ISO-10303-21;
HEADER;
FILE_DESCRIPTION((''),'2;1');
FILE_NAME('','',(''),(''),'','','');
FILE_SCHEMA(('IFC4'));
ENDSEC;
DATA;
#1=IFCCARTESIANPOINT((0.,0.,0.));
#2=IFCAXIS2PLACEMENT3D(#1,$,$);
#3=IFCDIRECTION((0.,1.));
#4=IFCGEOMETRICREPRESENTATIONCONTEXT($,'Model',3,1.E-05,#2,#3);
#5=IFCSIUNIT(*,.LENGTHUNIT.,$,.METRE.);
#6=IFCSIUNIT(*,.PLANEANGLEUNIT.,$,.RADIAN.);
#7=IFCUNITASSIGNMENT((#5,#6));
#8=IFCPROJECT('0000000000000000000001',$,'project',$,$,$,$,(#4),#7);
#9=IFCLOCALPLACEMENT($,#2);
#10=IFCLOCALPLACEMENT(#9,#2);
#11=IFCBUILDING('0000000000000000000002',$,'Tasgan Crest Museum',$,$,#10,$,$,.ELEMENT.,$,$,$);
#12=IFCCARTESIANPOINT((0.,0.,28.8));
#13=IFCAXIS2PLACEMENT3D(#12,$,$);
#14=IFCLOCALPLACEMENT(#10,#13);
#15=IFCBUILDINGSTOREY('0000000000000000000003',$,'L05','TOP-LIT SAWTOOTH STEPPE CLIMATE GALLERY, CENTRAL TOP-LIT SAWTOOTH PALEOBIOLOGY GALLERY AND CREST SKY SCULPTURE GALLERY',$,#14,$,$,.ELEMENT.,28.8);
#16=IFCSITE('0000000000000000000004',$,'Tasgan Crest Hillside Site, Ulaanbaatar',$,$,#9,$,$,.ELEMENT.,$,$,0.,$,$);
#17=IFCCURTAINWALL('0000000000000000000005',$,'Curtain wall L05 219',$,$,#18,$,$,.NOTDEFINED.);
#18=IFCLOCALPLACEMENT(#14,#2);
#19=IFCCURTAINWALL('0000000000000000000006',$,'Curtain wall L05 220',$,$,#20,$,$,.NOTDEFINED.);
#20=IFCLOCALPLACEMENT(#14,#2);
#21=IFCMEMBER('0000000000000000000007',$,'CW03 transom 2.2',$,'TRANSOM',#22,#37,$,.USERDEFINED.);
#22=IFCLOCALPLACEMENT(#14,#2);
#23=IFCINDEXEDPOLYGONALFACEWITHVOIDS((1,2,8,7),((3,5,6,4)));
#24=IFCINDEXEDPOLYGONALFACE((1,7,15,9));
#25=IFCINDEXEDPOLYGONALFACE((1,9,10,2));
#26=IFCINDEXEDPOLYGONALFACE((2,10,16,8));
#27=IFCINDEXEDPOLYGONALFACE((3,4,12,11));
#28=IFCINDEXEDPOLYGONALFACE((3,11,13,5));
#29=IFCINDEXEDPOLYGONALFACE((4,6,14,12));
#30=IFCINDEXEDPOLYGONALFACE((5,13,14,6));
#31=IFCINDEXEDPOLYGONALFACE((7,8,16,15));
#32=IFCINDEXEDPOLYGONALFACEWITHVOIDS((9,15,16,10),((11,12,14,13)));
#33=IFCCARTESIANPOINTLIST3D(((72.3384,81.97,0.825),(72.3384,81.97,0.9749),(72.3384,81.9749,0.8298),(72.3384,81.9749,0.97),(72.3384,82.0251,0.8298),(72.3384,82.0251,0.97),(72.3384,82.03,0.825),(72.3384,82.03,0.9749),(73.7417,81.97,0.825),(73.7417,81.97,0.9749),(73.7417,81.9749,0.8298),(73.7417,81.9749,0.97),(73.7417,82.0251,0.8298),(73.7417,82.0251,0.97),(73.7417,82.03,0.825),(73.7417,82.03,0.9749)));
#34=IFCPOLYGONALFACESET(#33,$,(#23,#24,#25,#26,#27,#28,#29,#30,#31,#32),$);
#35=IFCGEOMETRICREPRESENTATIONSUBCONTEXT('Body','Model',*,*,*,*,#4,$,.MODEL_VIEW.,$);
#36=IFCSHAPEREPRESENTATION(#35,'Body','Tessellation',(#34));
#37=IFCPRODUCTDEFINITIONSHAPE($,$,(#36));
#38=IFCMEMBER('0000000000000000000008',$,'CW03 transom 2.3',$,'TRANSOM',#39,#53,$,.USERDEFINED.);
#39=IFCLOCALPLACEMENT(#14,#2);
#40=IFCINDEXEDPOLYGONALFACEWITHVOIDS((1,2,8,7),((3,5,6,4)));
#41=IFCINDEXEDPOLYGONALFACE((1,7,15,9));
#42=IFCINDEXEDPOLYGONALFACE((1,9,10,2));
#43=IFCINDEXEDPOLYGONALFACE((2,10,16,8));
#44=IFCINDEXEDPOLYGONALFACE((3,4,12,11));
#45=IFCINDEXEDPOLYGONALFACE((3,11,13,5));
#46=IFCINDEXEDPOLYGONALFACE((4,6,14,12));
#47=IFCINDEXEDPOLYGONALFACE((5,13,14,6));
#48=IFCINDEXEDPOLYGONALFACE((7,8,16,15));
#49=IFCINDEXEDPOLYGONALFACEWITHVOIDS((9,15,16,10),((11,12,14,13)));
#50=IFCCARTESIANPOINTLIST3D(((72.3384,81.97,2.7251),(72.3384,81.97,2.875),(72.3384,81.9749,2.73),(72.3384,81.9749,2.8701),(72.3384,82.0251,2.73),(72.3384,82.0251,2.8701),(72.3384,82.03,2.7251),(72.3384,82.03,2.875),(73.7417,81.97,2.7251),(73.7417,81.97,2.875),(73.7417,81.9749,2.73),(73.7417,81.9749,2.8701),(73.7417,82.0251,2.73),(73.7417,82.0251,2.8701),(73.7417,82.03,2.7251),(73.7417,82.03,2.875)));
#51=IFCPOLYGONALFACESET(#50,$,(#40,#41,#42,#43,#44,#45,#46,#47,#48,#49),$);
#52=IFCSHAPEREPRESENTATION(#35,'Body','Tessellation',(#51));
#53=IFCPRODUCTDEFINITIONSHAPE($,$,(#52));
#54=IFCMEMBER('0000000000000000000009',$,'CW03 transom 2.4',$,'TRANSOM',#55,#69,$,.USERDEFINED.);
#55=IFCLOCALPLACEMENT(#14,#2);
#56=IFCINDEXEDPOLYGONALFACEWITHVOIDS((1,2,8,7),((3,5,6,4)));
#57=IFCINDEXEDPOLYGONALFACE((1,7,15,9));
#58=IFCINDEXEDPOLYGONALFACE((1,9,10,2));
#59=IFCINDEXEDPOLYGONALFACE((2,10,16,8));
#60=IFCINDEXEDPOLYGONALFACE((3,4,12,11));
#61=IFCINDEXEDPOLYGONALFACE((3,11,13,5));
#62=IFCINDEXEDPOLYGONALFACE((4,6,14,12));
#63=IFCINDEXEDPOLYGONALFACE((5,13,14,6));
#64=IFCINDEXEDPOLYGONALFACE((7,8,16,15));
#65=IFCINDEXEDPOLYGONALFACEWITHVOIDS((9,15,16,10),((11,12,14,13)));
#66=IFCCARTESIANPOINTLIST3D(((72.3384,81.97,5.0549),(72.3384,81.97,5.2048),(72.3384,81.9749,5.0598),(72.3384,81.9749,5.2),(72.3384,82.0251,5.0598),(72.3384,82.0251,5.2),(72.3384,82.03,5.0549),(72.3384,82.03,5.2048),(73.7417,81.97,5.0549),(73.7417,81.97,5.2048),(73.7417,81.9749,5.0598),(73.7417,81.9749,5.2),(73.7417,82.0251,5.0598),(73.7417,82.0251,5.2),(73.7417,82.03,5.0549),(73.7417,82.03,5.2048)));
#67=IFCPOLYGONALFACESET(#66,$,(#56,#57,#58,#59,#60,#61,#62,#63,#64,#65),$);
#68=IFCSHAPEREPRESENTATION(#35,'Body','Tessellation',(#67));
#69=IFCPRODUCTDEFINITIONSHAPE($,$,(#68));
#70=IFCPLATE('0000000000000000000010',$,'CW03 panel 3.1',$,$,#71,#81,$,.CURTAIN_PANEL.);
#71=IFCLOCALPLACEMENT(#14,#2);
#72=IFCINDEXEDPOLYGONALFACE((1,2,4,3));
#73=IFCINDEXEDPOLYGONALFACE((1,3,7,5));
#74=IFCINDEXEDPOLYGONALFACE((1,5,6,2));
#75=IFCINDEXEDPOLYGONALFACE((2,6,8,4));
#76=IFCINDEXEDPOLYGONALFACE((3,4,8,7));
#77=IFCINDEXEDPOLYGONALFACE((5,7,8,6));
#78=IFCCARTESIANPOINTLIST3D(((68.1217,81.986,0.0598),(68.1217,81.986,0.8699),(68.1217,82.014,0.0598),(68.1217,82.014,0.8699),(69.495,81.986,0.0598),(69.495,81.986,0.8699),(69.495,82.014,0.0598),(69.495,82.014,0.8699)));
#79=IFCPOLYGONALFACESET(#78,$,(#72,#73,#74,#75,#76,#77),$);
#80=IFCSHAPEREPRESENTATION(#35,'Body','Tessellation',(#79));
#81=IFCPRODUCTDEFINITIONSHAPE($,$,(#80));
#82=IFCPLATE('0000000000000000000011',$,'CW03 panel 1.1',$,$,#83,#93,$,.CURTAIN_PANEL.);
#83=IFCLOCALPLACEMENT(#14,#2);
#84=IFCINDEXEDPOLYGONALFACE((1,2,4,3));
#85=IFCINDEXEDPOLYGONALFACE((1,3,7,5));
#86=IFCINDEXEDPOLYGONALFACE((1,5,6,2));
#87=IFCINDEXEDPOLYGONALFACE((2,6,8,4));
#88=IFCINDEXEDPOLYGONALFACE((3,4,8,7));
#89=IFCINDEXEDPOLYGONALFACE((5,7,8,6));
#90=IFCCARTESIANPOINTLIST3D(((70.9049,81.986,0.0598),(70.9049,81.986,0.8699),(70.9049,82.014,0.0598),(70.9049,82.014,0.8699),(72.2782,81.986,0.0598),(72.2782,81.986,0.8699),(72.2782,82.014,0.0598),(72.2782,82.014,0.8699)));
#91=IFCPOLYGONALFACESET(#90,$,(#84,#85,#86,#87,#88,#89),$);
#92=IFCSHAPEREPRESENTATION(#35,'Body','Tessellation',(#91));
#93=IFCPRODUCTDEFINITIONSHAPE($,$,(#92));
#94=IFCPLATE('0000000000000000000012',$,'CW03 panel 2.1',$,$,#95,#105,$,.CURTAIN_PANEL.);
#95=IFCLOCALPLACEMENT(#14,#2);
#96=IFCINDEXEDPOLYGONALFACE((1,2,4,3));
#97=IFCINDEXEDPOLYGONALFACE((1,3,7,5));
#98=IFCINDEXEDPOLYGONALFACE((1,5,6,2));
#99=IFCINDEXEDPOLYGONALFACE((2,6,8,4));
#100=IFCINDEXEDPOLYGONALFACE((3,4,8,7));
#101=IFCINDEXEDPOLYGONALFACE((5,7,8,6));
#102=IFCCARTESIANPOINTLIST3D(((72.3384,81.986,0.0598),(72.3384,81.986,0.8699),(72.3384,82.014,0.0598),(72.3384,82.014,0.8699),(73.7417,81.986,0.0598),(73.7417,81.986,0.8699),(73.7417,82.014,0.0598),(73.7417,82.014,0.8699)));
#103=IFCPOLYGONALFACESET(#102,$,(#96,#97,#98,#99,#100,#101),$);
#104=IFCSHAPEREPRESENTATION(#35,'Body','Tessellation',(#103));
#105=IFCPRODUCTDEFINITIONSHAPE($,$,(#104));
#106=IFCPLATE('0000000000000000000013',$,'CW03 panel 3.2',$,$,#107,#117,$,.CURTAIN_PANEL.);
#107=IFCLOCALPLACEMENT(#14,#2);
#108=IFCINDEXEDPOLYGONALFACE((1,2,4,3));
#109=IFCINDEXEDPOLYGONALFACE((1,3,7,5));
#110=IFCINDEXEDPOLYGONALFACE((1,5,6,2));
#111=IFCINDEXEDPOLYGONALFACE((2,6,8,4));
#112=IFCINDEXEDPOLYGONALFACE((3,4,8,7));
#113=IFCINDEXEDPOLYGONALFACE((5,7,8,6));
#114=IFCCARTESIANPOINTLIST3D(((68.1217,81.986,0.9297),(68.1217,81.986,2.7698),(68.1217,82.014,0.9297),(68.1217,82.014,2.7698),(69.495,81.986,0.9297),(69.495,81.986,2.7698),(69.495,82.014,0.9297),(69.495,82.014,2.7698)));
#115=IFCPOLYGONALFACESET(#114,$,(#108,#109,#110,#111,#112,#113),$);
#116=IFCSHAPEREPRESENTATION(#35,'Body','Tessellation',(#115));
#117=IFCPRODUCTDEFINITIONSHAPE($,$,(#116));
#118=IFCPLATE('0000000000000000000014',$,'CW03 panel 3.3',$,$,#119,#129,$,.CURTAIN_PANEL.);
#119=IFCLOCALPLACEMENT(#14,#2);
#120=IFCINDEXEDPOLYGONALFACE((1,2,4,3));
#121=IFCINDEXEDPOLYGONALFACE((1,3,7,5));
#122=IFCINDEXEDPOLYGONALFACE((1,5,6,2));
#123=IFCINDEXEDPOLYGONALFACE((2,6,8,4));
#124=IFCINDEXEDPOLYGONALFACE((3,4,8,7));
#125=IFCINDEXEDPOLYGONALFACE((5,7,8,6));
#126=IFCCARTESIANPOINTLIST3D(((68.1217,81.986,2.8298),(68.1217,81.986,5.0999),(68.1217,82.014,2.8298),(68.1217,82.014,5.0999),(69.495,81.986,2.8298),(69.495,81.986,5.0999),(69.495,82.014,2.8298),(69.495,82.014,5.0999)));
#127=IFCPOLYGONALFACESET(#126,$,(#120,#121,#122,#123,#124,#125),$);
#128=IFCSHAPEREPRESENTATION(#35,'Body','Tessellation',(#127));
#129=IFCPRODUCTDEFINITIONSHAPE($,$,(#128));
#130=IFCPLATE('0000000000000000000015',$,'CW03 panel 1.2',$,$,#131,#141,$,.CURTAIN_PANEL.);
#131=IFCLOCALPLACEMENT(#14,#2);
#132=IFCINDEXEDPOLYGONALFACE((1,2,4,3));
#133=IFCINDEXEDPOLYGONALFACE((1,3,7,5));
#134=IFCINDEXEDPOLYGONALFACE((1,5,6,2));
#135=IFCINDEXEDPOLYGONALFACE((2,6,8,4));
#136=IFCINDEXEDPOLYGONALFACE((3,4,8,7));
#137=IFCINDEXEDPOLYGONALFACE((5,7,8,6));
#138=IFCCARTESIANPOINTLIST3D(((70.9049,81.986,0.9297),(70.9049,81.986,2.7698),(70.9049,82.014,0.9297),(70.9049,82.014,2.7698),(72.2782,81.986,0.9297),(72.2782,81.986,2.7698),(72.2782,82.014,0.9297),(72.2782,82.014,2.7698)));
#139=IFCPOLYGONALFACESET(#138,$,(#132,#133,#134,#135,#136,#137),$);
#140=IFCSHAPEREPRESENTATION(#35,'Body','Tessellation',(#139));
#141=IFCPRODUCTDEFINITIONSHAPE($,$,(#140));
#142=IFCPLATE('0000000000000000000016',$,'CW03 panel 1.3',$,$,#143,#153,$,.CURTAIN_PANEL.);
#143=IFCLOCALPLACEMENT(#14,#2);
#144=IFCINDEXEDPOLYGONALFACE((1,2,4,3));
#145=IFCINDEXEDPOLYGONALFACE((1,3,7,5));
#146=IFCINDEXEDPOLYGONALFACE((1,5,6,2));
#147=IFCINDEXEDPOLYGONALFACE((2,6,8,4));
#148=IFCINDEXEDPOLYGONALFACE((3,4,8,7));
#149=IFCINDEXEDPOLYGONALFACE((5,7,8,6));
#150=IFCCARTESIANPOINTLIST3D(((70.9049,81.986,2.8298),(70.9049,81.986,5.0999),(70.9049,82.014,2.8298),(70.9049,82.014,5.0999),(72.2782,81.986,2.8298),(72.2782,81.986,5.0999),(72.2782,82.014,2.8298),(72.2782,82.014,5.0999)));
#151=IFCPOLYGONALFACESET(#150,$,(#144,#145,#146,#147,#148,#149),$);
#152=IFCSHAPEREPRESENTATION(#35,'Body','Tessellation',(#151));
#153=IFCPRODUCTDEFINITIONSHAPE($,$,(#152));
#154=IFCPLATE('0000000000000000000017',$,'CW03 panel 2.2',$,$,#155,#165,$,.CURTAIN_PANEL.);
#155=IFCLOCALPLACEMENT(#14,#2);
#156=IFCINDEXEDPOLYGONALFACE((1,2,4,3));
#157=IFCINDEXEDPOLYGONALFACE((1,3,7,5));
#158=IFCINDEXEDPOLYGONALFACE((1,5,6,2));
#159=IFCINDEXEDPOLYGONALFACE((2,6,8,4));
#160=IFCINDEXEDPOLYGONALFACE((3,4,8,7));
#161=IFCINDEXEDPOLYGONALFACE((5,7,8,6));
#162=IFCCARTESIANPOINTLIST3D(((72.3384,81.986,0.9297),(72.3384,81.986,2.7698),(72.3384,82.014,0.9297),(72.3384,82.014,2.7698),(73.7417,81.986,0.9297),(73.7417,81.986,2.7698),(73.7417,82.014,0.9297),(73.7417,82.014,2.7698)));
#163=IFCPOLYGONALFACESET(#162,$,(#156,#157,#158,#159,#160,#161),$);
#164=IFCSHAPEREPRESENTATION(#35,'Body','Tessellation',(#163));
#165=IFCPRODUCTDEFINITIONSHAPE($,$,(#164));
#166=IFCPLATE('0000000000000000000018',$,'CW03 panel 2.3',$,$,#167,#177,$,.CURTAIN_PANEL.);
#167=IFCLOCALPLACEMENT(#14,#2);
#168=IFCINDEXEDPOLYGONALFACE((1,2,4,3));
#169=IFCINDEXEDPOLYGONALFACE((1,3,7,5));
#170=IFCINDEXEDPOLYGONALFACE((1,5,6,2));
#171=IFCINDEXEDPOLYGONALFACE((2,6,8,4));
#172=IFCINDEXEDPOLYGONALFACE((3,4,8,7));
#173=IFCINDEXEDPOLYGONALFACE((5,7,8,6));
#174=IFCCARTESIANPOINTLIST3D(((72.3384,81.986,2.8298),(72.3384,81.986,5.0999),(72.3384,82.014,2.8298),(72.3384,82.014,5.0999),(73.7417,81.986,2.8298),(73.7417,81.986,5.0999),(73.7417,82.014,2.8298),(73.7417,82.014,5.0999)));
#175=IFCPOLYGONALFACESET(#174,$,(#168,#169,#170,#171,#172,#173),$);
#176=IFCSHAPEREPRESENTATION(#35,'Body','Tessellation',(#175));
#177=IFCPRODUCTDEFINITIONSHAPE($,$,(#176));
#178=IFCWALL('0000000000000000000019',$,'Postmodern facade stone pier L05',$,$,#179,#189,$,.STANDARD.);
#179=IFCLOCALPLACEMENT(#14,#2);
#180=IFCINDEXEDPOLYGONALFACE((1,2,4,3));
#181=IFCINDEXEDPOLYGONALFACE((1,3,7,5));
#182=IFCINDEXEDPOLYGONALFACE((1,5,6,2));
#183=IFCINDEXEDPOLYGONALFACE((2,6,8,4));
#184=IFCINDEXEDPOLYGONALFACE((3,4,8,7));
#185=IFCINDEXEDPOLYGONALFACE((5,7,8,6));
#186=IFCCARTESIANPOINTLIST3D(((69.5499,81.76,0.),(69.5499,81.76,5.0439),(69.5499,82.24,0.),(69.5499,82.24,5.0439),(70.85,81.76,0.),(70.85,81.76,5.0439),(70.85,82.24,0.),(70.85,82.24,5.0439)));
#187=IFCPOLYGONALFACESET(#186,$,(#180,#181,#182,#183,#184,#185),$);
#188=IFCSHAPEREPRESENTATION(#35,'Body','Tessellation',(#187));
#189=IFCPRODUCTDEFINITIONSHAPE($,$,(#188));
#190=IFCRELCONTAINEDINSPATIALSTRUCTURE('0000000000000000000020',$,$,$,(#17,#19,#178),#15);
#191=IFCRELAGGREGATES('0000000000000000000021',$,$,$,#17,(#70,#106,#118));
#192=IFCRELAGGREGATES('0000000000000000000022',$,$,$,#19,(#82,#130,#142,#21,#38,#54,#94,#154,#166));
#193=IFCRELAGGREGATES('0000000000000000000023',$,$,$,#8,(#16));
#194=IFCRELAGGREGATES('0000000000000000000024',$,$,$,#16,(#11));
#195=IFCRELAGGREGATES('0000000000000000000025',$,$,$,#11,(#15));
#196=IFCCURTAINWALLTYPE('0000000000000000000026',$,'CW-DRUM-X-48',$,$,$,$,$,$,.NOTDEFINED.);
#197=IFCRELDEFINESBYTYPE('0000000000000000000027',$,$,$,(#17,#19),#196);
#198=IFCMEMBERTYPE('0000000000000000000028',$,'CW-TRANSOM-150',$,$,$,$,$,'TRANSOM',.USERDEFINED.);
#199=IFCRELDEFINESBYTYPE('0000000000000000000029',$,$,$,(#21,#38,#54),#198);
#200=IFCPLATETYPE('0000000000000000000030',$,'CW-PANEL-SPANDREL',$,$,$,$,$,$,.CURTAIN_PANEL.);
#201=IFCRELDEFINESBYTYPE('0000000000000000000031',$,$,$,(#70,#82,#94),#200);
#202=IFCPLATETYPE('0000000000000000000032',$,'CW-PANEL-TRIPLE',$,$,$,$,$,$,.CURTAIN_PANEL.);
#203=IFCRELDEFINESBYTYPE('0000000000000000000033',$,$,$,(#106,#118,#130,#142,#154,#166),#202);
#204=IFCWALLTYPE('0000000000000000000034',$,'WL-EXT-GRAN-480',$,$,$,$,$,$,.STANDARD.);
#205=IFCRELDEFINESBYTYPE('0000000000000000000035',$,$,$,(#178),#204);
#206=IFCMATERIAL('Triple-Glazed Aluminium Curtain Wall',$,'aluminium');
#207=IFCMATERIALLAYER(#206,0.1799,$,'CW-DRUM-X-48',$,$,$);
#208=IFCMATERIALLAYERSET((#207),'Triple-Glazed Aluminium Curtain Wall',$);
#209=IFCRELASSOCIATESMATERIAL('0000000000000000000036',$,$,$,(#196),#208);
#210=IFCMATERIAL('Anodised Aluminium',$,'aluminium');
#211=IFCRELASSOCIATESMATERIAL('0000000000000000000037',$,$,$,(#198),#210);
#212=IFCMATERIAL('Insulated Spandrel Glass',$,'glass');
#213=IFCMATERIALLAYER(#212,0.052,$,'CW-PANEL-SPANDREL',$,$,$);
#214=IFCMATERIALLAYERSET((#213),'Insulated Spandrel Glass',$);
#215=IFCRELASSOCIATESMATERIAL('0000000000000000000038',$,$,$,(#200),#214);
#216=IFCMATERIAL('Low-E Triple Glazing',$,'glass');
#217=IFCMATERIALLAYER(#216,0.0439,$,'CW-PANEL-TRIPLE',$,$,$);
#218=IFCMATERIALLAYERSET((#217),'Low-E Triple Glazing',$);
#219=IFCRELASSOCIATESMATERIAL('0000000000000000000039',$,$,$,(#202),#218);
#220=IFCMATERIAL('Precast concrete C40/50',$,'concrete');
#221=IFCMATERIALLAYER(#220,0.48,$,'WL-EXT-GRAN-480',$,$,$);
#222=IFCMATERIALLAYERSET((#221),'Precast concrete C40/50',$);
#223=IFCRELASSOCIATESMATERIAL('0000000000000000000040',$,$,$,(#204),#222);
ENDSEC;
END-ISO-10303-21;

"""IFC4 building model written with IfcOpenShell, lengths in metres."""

from ifc_helpers import new_model, si_unit, direction, frame, frame_2d, origin, origin_2d, place, context, subcontext, project, spatial, rectangle, hollow_rectangle, extrude, material, layer, layer_set, material_profile, profile_set, type_object, element, aggregate, save


model = new_model("IFC4")

# Units and contexts
model_context = context("Model", 3, precision=1e-05, world=origin(), true_north=direction((0.0, 1.0)))
body_context = subcontext(model_context, "Body", "Model", "MODEL_VIEW")
ifc_project = project(units=[si_unit("LENGTHUNIT", "METRE"), si_unit("PLANEANGLEUNIT", "RADIAN")], contexts=[model_context])

# Site, building, storey
site_placement = place(None, origin())
site = spatial("IfcSite", under=ifc_project, at=site_placement, Name="Tasgan Crest Hillside Site, Ulaanbaatar", CompositionType="ELEMENT", RefElevation=0.0)
building_placement = place(site_placement, origin())
building = spatial("IfcBuilding", under=site, at=building_placement, Name="Tasgan Crest Museum", CompositionType="ELEMENT")
storey_placement = place(building_placement, frame((0.0, 0.0, 28.8)))
storey = spatial("IfcBuildingStorey", under=building, at=storey_placement, Name="L05", Description="TOP-LIT SAWTOOTH STEPPE CLIMATE GALLERY, CENTRAL TOP-LIT SAWTOOTH PALEOBIOLOGY GALLERY AND CREST SKY SCULPTURE GALLERY", CompositionType="ELEMENT", Elevation=28.8)

# Curtain wall
ifc_material_1 = material(Name="Triple-Glazed Aluminium Curtain Wall", Category="aluminium")
ifc_layer_1 = layer(ifc_material_1, 0.1799, Name="CW-DRUM-X-48")
ifc_layer_set_1 = layer_set([ifc_layer_1], Name="Triple-Glazed Aluminium Curtain Wall")
curtain_wall_type = type_object("IfcCurtainWallType", Name="CW-DRUM-X-48", PredefinedType="NOTDEFINED", material=ifc_layer_set_1)
curtain_wall_1_placement = place(storey_placement, origin())
curtain_wall_1 = element("IfcCurtainWall", 1, at=curtain_wall_1_placement, inside=storey, type_object=curtain_wall_type, Name="Curtain wall L05 219", PredefinedType="NOTDEFINED")

# Curtain wall
curtain_wall_2_placement = place(storey_placement, origin())
curtain_wall_2 = element("IfcCurtainWall", 2, at=curtain_wall_2_placement, inside=storey, type_object=curtain_wall_type, Name="Curtain wall L05 220", PredefinedType="NOTDEFINED")

# Members
ifc_material_2 = material(Name="Anodised Aluminium", Category="aluminium")
ifc_material_profile_1 = material_profile(ifc_material_2, hollow_rectangle(XDim=0.0601, YDim=0.1499, WallThickness=0.0049, at=origin_2d()), Name="ALU TRANSOM 150x60x5")
ifc_profile_set_1 = profile_set([ifc_material_profile_1], Name="Anodised Aluminium")
member_type_1 = type_object("IfcMemberType", Name="CW-TRANSOM-150", ElementType="TRANSOM", PredefinedType="USERDEFINED", material=ifc_profile_set_1)
member_1_placement = place(storey_placement, frame((72.3384, 82.0, 0.8999), z_axis=(1.0, 0.0, 0.0), x_axis=(0.0, 1.0, 0.0)))
member_1 = element("IfcMember", 3, at=member_1_placement, type_object=member_type_1, Name="CW03 transom 2.2", ObjectType="TRANSOM", PredefinedType="USERDEFINED", context=body_context, shape_type="SweptSolid", body=[
    extrude(hollow_rectangle(XDim=0.0601, YDim=0.1499, WallThickness=0.0049, at=origin_2d()), origin(), (0.0, 0.0, 1.0), 1.4033),
])
member_2_placement = place(storey_placement, frame((72.3384, 82.0, 2.8), z_axis=(1.0, 0.0, 0.0), x_axis=(0.0, 1.0, 0.0)))
member_2 = element("IfcMember", 4, at=member_2_placement, type_object=member_type_1, Name="CW03 transom 2.3", ObjectType="TRANSOM", PredefinedType="USERDEFINED", context=body_context, shape_type="SweptSolid", body=[
    extrude(hollow_rectangle(XDim=0.0601, YDim=0.1499, WallThickness=0.0049, at=origin_2d()), origin(), (0.0, 0.0, 1.0), 1.4033),
])
member_3_placement = place(storey_placement, frame((72.3384, 82.0, 5.1299), z_axis=(1.0, 0.0, 0.0), x_axis=(0.0, 1.0, 0.0)))
member_3 = element("IfcMember", 5, at=member_3_placement, type_object=member_type_1, Name="CW03 transom 2.4", ObjectType="TRANSOM", PredefinedType="USERDEFINED", context=body_context, shape_type="SweptSolid", body=[
    extrude(hollow_rectangle(XDim=0.0601, YDim=0.1499, WallThickness=0.0049, at=origin_2d()), origin(), (0.0, 0.0, 1.0), 1.4033),
])

# Plates
ifc_material_3 = material(Name="Insulated Spandrel Glass", Category="glass")
ifc_layer_2 = layer(ifc_material_3, 0.052, Name="CW-PANEL-SPANDREL")
ifc_layer_set_2 = layer_set([ifc_layer_2], Name="Insulated Spandrel Glass")
plate_type_1 = type_object("IfcPlateType", Name="CW-PANEL-SPANDREL", PredefinedType="CURTAIN_PANEL", material=ifc_layer_set_2)
plate_1_placement = place(storey_placement, frame((68.8083, 82.0, 0.0598), z_axis=(0.0, 0.0, 1.0), x_axis=(1.0, 0.0, 0.0)))
plate_1 = element("IfcPlate", 6, at=plate_1_placement, type_object=plate_type_1, Name="CW03 panel 3.1", PredefinedType="CURTAIN_PANEL", context=body_context, shape_type="SweptSolid", body=[
    extrude(rectangle(XDim=1.3733, YDim=0.0281, at=origin_2d()), origin(), (0.0, 0.0, 1.0), 0.8101),
])
plate_2_placement = place(storey_placement, frame((71.5916, 82.0, 0.0598), z_axis=(0.0, 0.0, 1.0), x_axis=(1.0, 0.0, 0.0)))
plate_2 = element("IfcPlate", 7, at=plate_2_placement, type_object=plate_type_1, Name="CW03 panel 1.1", PredefinedType="CURTAIN_PANEL", context=body_context, shape_type="SweptSolid", body=[
    extrude(rectangle(XDim=1.3733, YDim=0.0281, at=origin_2d()), origin(), (0.0, 0.0, 1.0), 0.8101),
])
plate_3_placement = place(storey_placement, frame((73.04, 82.0, 0.0598), z_axis=(0.0, 0.0, 1.0), x_axis=(1.0, 0.0, 0.0)))
plate_3 = element("IfcPlate", 8, at=plate_3_placement, type_object=plate_type_1, Name="CW03 panel 2.1", PredefinedType="CURTAIN_PANEL", context=body_context, shape_type="SweptSolid", body=[
    extrude(rectangle(XDim=1.4033, YDim=0.0281, at=origin_2d()), origin(), (0.0, 0.0, 1.0), 0.8101),
])
ifc_material_4 = material(Name="Low-E Triple Glazing", Category="glass")
ifc_layer_3 = layer(ifc_material_4, 0.0439, Name="CW-PANEL-TRIPLE")
ifc_layer_set_3 = layer_set([ifc_layer_3], Name="Low-E Triple Glazing")
plate_type_2 = type_object("IfcPlateType", Name="CW-PANEL-TRIPLE", PredefinedType="CURTAIN_PANEL", material=ifc_layer_set_3)
plate_4_placement = place(storey_placement, frame((68.8083, 82.0, 0.9297), z_axis=(0.0, 0.0, 1.0), x_axis=(1.0, 0.0, 0.0)))
plate_4 = element("IfcPlate", 9, at=plate_4_placement, type_object=plate_type_2, Name="CW03 panel 3.2", PredefinedType="CURTAIN_PANEL", context=body_context, shape_type="SweptSolid", body=[
    extrude(rectangle(XDim=1.3733, YDim=0.0281, at=origin_2d()), origin(), (0.0, 0.0, 1.0), 1.8401),
])
plate_5_placement = place(storey_placement, frame((68.8083, 82.0, 2.8298), z_axis=(0.0, 0.0, 1.0), x_axis=(1.0, 0.0, 0.0)))
plate_5 = element("IfcPlate", 10, at=plate_5_placement, type_object=plate_type_2, Name="CW03 panel 3.3", PredefinedType="CURTAIN_PANEL", context=body_context, shape_type="SweptSolid", body=[
    extrude(rectangle(XDim=1.3733, YDim=0.0281, at=origin_2d()), origin(), (0.0, 0.0, 1.0), 2.27),
])
aggregate(curtain_wall_1, [plate_1, plate_4, plate_5])
plate_6_placement = place(storey_placement, frame((71.5916, 82.0, 0.9297), z_axis=(0.0, 0.0, 1.0), x_axis=(1.0, 0.0, 0.0)))
plate_6 = element("IfcPlate", 11, at=plate_6_placement, type_object=plate_type_2, Name="CW03 panel 1.2", PredefinedType="CURTAIN_PANEL", context=body_context, shape_type="SweptSolid", body=[
    extrude(rectangle(XDim=1.3733, YDim=0.0281, at=origin_2d()), origin(), (0.0, 0.0, 1.0), 1.8401),
])
plate_7_placement = place(storey_placement, frame((71.5916, 82.0, 2.8298), z_axis=(0.0, 0.0, 1.0), x_axis=(1.0, 0.0, 0.0)))
plate_7 = element("IfcPlate", 12, at=plate_7_placement, type_object=plate_type_2, Name="CW03 panel 1.3", PredefinedType="CURTAIN_PANEL", context=body_context, shape_type="SweptSolid", body=[
    extrude(rectangle(XDim=1.3733, YDim=0.0281, at=origin_2d()), origin(), (0.0, 0.0, 1.0), 2.27),
])
plate_8_placement = place(storey_placement, frame((73.04, 82.0, 0.9297), z_axis=(0.0, 0.0, 1.0), x_axis=(1.0, 0.0, 0.0)))
plate_8 = element("IfcPlate", 13, at=plate_8_placement, type_object=plate_type_2, Name="CW03 panel 2.2", PredefinedType="CURTAIN_PANEL", context=body_context, shape_type="SweptSolid", body=[
    extrude(rectangle(XDim=1.4033, YDim=0.0281, at=origin_2d()), origin(), (0.0, 0.0, 1.0), 1.8401),
])
plate_9_placement = place(storey_placement, frame((73.04, 82.0, 2.8298), z_axis=(0.0, 0.0, 1.0), x_axis=(1.0, 0.0, 0.0)))
plate_9 = element("IfcPlate", 14, at=plate_9_placement, type_object=plate_type_2, Name="CW03 panel 2.3", PredefinedType="CURTAIN_PANEL", context=body_context, shape_type="SweptSolid", body=[
    extrude(rectangle(XDim=1.4033, YDim=0.0281, at=origin_2d()), origin(), (0.0, 0.0, 1.0), 2.27),
])
aggregate(curtain_wall_2, [plate_2, plate_6, plate_7, member_1, member_2, member_3, plate_3, plate_8, plate_9])

# Wall
ifc_material_5 = material(Name="Precast concrete C40/50", Category="concrete")
ifc_layer_4 = layer(ifc_material_5, 0.48, Name="WL-EXT-GRAN-480")
ifc_layer_set_4 = layer_set([ifc_layer_4], Name="Precast concrete C40/50")
wall_type_1 = type_object("IfcWallType", Name="WL-EXT-GRAN-480", PredefinedType="STANDARD", material=ifc_layer_set_4)
wall_1_placement = place(storey_placement, frame((69.55, 82.0, 0.0), z_axis=(0.0, 0.0, 1.0), x_axis=(1.0, 0.0, 0.0)))
element("IfcWall", 15, at=wall_1_placement, inside=storey, type_object=wall_type_1, Name="Postmodern facade stone pier L05", PredefinedType="STANDARD", context=body_context, shape_type="SweptSolid", body=[
    extrude(rectangle(XDim=1.3, YDim=0.48, at=frame_2d((0.6499, 0.0))), origin(), (0.0, 0.0, 1.0), 5.0439),
])

save(model, "model.ifc")
